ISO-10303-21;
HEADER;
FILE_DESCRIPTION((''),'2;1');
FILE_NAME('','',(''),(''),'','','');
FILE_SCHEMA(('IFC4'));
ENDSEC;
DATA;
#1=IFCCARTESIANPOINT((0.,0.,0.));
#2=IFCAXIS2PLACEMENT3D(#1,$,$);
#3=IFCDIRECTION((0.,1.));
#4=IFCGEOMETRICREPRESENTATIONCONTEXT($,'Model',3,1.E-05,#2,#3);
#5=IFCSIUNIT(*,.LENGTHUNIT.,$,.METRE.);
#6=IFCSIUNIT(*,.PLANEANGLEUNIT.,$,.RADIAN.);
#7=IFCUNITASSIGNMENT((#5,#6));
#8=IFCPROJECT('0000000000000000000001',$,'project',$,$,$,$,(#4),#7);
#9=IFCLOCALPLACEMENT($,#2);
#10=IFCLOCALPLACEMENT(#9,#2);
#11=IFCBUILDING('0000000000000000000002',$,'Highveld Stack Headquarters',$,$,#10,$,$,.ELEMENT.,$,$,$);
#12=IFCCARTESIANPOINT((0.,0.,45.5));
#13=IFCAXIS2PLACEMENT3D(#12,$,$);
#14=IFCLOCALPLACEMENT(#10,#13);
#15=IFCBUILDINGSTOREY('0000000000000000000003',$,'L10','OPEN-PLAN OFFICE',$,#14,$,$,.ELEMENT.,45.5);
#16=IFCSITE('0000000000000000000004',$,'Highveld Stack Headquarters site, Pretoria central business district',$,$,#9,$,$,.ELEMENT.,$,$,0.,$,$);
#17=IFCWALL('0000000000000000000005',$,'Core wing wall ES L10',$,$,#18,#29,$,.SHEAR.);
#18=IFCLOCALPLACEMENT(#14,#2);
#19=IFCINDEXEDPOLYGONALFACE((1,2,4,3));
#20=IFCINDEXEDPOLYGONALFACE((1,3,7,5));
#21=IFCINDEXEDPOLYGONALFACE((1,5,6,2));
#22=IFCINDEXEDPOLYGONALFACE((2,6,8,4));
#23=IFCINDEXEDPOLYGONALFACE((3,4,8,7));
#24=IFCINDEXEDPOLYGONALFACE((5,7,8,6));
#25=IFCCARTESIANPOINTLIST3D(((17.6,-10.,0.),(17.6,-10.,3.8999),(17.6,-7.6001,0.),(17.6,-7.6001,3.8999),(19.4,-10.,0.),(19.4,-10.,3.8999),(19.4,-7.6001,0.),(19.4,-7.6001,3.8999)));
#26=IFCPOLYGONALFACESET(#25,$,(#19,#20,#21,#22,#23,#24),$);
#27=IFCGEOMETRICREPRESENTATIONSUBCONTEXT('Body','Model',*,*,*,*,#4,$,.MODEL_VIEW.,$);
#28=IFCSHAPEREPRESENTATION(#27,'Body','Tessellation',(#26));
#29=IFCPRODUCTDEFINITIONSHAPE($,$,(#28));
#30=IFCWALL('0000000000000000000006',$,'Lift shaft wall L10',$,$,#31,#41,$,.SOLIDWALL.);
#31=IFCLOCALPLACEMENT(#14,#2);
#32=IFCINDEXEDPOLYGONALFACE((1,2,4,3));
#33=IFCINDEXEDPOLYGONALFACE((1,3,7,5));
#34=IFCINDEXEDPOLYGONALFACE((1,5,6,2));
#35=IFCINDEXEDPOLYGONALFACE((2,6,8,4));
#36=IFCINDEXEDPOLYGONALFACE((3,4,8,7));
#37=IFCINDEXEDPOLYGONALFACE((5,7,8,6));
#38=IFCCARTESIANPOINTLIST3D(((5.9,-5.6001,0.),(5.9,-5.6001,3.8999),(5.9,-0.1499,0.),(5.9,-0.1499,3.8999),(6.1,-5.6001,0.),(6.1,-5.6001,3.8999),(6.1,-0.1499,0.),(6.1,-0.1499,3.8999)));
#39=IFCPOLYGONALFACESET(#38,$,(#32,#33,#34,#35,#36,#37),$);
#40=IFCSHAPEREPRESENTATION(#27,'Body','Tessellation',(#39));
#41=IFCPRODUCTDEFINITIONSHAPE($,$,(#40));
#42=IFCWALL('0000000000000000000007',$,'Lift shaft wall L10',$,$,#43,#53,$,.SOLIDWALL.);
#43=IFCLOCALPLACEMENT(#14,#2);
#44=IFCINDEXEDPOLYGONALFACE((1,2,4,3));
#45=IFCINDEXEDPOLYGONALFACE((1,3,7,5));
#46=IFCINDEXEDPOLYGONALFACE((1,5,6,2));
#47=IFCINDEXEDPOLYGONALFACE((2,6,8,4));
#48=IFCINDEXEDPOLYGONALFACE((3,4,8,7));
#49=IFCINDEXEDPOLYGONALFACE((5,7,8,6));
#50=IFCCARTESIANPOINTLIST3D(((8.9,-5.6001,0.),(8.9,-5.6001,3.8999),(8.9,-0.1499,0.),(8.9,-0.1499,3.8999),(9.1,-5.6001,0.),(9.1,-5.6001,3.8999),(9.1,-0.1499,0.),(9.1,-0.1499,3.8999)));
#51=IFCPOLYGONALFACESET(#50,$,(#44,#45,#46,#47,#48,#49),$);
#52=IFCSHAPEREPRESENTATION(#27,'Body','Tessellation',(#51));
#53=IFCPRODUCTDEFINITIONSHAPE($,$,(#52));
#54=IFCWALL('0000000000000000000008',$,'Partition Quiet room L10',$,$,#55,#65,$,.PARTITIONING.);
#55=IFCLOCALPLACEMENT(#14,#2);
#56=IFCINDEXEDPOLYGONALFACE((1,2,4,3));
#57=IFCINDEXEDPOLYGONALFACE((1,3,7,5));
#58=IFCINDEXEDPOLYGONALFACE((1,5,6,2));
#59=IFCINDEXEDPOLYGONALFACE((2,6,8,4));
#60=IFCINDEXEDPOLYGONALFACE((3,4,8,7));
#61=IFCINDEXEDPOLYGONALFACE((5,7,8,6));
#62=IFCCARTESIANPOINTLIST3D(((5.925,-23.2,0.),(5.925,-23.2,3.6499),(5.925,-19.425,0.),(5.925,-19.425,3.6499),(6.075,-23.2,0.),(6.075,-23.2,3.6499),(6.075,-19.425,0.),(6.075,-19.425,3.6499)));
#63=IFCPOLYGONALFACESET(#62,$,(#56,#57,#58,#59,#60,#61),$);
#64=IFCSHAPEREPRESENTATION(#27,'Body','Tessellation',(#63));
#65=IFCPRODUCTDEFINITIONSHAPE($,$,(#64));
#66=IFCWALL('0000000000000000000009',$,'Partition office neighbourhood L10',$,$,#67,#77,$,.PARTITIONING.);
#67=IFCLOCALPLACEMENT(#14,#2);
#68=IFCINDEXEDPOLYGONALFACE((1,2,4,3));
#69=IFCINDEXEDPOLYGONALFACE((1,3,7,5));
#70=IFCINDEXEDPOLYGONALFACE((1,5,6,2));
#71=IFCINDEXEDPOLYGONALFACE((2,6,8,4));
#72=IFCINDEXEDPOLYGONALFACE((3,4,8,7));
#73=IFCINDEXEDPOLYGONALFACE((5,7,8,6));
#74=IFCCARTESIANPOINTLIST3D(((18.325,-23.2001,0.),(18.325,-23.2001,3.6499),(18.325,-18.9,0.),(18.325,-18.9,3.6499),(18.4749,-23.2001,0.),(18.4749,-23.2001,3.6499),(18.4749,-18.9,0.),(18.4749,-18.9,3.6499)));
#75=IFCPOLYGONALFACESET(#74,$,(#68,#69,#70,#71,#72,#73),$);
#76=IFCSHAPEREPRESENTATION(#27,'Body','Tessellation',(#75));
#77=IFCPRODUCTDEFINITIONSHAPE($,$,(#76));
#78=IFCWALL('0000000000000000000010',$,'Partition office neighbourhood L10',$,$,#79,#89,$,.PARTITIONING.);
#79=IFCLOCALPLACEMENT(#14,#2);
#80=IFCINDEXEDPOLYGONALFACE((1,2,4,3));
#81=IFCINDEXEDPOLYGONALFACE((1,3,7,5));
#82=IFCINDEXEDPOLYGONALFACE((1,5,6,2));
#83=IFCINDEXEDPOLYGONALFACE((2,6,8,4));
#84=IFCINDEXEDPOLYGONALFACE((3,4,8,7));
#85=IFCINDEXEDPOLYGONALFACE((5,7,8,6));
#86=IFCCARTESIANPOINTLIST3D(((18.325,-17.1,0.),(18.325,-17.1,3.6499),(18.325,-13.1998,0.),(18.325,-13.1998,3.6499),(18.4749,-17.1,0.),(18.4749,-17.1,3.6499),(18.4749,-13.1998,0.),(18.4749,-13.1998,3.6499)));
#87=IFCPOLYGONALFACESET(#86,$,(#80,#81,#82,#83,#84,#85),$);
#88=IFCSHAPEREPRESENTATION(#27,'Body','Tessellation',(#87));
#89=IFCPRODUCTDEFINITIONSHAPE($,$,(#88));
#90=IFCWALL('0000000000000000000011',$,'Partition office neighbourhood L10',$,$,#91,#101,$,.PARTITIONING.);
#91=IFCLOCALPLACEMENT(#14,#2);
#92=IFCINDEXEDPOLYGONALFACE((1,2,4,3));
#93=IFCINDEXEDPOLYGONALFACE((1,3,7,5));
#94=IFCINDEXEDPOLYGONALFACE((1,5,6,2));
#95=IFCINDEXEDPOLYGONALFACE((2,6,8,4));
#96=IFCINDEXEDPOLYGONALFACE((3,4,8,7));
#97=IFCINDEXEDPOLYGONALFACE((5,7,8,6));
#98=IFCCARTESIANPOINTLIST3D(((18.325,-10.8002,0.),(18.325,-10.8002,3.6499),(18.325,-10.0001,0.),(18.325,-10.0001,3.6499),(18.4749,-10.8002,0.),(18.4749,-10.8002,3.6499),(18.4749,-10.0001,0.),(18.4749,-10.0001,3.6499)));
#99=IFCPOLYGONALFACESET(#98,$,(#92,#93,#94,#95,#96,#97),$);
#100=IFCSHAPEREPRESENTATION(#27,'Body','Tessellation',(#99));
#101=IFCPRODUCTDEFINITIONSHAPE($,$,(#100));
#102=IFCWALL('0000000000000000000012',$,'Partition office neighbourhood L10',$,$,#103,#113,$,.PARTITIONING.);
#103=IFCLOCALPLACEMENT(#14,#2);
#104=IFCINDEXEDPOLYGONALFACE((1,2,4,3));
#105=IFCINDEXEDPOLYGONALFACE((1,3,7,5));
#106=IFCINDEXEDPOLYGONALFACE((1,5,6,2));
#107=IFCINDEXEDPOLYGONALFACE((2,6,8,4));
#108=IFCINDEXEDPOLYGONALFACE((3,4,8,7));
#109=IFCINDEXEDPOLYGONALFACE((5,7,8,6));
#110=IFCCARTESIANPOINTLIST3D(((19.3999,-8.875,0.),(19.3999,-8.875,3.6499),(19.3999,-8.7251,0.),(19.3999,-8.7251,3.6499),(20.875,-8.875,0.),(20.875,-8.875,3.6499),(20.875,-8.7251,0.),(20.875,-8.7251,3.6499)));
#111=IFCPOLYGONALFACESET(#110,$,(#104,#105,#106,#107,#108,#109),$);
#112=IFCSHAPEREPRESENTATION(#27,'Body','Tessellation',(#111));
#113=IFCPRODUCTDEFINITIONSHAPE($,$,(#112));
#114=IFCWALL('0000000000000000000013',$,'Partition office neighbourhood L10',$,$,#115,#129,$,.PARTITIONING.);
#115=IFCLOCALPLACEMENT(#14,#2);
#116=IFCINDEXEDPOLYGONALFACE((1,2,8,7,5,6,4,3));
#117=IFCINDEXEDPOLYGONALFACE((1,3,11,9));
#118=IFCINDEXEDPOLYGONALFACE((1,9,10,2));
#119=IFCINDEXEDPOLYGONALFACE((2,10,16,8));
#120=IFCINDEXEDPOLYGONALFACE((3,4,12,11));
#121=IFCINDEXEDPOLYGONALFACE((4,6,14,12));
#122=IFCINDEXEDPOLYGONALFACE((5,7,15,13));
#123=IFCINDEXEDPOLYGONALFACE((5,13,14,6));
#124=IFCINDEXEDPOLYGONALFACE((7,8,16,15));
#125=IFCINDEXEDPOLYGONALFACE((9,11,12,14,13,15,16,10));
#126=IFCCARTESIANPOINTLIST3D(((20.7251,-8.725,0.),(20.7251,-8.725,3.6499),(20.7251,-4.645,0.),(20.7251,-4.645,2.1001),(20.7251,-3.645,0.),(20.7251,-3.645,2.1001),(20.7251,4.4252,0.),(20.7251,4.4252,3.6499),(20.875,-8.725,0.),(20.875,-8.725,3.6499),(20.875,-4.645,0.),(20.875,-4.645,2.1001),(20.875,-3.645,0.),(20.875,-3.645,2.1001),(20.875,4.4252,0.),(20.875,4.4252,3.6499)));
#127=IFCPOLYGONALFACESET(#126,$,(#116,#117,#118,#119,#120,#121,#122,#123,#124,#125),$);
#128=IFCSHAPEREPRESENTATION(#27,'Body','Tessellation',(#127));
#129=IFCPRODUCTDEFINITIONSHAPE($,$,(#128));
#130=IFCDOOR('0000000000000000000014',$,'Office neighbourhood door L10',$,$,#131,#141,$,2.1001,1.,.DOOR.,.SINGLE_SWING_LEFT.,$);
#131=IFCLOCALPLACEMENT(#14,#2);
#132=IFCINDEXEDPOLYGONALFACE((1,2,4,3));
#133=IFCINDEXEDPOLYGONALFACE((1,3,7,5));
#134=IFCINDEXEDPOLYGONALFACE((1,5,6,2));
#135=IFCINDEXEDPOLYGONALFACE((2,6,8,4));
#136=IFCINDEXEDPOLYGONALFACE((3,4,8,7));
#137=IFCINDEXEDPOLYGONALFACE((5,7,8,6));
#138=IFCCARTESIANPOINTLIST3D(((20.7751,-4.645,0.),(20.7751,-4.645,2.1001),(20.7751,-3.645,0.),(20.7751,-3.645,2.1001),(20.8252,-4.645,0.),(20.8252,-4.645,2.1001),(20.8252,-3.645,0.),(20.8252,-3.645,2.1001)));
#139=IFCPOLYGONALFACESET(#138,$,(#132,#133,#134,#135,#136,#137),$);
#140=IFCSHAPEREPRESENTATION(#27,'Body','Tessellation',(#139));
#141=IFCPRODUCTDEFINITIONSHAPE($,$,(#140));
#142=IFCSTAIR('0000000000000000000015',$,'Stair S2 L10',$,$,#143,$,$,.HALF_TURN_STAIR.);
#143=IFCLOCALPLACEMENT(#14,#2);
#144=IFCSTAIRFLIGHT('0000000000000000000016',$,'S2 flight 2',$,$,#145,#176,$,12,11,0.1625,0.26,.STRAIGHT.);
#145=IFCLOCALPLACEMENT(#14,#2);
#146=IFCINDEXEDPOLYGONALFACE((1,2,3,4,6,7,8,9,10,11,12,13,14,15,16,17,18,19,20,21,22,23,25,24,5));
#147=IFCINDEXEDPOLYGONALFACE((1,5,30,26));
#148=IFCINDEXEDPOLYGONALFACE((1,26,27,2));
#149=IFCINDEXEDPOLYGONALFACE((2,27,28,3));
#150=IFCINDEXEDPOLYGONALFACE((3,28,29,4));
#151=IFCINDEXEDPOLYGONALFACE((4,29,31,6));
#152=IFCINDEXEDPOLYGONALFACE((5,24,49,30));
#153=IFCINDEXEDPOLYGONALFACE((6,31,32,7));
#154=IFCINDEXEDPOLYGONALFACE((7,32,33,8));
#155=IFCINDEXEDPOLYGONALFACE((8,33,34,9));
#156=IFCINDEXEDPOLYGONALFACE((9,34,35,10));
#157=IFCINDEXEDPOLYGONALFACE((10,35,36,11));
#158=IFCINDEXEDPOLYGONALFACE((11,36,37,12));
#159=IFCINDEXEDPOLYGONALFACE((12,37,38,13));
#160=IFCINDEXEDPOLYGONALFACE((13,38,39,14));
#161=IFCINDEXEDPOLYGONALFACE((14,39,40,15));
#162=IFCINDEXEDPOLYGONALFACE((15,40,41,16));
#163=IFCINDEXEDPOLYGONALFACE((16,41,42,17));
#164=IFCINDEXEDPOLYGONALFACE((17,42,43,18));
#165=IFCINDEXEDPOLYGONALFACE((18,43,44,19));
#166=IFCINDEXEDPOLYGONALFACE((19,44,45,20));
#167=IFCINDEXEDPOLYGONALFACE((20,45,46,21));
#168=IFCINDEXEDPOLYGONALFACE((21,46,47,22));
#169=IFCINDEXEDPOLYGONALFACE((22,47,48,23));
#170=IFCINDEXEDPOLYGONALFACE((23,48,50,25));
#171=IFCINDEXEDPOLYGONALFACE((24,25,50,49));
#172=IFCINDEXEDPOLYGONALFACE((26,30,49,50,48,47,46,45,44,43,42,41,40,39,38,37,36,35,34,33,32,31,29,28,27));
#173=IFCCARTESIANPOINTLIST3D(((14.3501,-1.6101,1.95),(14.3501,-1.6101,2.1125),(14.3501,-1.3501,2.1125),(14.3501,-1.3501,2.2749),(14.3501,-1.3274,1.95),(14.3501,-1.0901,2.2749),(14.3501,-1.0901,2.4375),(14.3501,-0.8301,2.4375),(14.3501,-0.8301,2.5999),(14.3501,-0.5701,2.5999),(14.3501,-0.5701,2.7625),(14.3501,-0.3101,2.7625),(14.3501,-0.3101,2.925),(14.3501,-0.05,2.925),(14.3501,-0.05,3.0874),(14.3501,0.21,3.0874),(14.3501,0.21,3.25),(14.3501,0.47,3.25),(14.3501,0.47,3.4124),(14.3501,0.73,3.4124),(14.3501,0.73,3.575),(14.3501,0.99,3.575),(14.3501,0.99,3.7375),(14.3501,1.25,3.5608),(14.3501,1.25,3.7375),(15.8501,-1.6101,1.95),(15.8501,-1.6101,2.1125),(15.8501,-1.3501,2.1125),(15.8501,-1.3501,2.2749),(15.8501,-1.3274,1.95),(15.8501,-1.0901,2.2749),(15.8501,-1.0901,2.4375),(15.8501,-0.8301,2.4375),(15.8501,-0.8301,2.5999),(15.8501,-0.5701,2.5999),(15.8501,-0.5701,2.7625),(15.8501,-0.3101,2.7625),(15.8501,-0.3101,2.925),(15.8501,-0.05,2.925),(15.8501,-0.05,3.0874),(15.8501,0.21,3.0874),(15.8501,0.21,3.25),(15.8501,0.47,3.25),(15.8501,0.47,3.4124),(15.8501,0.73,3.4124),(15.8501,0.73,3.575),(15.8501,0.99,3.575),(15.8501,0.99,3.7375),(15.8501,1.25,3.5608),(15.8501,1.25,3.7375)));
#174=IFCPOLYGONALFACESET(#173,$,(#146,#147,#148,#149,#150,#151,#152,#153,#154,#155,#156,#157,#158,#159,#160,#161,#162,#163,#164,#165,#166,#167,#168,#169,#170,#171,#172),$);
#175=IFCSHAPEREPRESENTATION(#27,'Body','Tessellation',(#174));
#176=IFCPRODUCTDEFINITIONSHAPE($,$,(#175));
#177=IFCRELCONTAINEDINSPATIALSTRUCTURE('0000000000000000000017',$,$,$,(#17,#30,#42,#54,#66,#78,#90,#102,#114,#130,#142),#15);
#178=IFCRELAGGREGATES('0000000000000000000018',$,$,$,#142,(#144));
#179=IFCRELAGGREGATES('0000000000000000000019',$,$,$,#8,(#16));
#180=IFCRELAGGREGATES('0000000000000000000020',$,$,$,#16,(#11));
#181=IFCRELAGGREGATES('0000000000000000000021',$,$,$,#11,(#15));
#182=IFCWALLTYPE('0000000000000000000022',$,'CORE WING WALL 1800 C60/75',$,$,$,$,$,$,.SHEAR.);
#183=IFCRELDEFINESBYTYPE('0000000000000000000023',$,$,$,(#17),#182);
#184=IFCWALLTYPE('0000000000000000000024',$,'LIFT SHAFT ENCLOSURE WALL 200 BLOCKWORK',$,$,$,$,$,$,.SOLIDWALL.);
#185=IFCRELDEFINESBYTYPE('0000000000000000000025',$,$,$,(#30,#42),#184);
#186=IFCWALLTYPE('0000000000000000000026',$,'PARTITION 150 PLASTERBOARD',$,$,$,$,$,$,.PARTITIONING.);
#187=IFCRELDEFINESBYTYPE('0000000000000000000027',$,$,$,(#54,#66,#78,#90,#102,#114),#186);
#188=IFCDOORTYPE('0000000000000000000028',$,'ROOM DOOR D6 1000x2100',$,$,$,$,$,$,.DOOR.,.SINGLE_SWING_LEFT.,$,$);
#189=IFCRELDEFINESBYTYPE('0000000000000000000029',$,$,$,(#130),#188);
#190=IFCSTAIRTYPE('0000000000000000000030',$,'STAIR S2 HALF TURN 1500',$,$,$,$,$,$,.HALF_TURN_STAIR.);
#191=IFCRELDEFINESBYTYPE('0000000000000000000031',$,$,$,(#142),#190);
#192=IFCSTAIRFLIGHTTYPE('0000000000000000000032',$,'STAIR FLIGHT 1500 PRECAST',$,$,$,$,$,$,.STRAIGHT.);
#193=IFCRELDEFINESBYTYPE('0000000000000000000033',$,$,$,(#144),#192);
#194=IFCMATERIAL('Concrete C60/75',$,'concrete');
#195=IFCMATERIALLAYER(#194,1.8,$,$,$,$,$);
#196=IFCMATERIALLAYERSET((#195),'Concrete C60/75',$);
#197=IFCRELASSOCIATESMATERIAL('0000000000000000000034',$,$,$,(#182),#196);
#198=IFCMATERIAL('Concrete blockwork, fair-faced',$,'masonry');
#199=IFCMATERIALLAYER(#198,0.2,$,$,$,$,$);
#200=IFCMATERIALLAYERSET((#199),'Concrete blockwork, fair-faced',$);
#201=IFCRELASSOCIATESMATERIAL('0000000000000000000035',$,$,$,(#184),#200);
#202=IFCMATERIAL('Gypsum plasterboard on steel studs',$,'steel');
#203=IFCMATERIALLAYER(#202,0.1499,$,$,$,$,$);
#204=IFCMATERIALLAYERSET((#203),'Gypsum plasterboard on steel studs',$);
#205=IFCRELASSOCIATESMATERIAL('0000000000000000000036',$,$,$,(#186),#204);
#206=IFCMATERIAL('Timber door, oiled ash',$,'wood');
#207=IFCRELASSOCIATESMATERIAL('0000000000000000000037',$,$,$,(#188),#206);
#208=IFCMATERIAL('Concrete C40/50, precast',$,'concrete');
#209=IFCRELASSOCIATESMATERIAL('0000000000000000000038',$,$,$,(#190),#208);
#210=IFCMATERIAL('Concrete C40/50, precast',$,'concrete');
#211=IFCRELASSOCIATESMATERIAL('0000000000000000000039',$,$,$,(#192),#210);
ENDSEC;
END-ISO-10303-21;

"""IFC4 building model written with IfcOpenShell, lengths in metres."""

from ifc_helpers import new_model, si_unit, direction, frame, frame_2d, origin, place, context, subcontext, project, spatial, polyline, rectangle, outline, extrude, material, layer, layer_set, type_object, element, fill, aggregate, save


model = new_model("IFC4")

# Units and contexts
model_context = context("Model", 3, precision=1e-05, world=origin(), true_north=direction((0.0, 1.0)))
body_context = subcontext(model_context, "Body", "Model", "MODEL_VIEW")
ifc_project = project(units=[si_unit("LENGTHUNIT", "METRE"), si_unit("PLANEANGLEUNIT", "RADIAN")], contexts=[model_context])

# Site, building, storey
site_placement = place(None, origin())
site = spatial("IfcSite", under=ifc_project, at=site_placement, Name="Highveld Stack Headquarters site, Pretoria central business district", CompositionType="ELEMENT", RefElevation=0.0)
building_placement = place(site_placement, origin())
building = spatial("IfcBuilding", under=site, at=building_placement, Name="Highveld Stack Headquarters", CompositionType="ELEMENT")
storey_placement = place(building_placement, frame((0.0, 0.0, 45.5)))
storey = spatial("IfcBuildingStorey", under=building, at=storey_placement, Name="L10", Description="OPEN-PLAN OFFICE", CompositionType="ELEMENT", Elevation=45.5)

# Walls
ifc_material_1 = material(Name="Concrete C60/75", Category="concrete")
ifc_layer_1 = layer(ifc_material_1, 1.8)
ifc_layer_set_1 = layer_set([ifc_layer_1], Name="Concrete C60/75")
wall_type_1 = type_object("IfcWallType", Name="CORE WING WALL 1800 C60/75", PredefinedType="SHEAR", material=ifc_layer_set_1)
wall_1_placement = place(storey_placement, frame((18.5, -10.0, 0.0), z_axis=(0.0, 0.0, 1.0), x_axis=(0.0, 1.0, 0.0)))
element("IfcWall", 1, at=wall_1_placement, inside=storey, type_object=wall_type_1, Name="Core wing wall ES L10", PredefinedType="SHEAR", context=body_context, shape_type="SweptSolid", body=[
    extrude(rectangle(XDim=2.3999, YDim=1.8, at=frame_2d((1.2, 0.0))), origin(), (0.0, 0.0, 1.0), 3.8999),
])
ifc_material_2 = material(Name="Concrete blockwork, fair-faced", Category="masonry")
ifc_layer_2 = layer(ifc_material_2, 0.2)
ifc_layer_set_2 = layer_set([ifc_layer_2], Name="Concrete blockwork, fair-faced")
wall_type_2 = type_object("IfcWallType", Name="LIFT SHAFT ENCLOSURE WALL 200 BLOCKWORK", PredefinedType="SOLIDWALL", material=ifc_layer_set_2)
for number, where, z_axis, x_axis, name in (
    (2, (6.0, -5.6001, 0.0), (0.0, 0.0, 1.0), (0.0, 1.0, 0.0), "Lift shaft wall L10"),
    (3, (9.0, -5.6001, 0.0), (0.0, 0.0, 1.0), (0.0, 1.0, 0.0), "Lift shaft wall L10"),
):
    element("IfcWall", number, at=place(storey_placement, frame(where, z_axis=z_axis, x_axis=x_axis)), inside=storey, type_object=wall_type_2, Name=name, PredefinedType="SOLIDWALL", context=body_context, shape_type="SweptSolid", body=[
        extrude(rectangle(XDim=5.4502, YDim=0.2, at=frame_2d((2.7251, 0.0))), origin(), (0.0, 0.0, 1.0), 3.8999),
    ])
ifc_material_3 = material(Name="Gypsum plasterboard on steel studs", Category="steel")
ifc_layer_3 = layer(ifc_material_3, 0.1499)
ifc_layer_set_3 = layer_set([ifc_layer_3], Name="Gypsum plasterboard on steel studs")
wall_type_3 = type_object("IfcWallType", Name="PARTITION 150 PLASTERBOARD", PredefinedType="PARTITIONING", material=ifc_layer_set_3)
wall_2_placement = place(storey_placement, frame((6.0, -23.2, 0.0), z_axis=(0.0, 0.0, 1.0), x_axis=(0.0, 1.0, 0.0)))
element("IfcWall", 4, at=wall_2_placement, inside=storey, type_object=wall_type_3, Name="Partition Quiet room L10", PredefinedType="PARTITIONING", context=body_context, shape_type="SweptSolid", body=[
    extrude(rectangle(XDim=3.7749, YDim=0.1499, at=frame_2d((1.8875, 0.0))), origin(), (0.0, 0.0, 1.0), 3.6499),
])
wall_3_placement = place(storey_placement, frame((18.3999, -23.2, 0.0), z_axis=(0.0, 0.0, 1.0), x_axis=(0.0, 1.0, 0.0)))
element("IfcWall", 5, at=wall_3_placement, inside=storey, type_object=wall_type_3, Name="Partition office neighbourhood L10", PredefinedType="PARTITIONING", context=body_context, shape_type="SweptSolid", body=[
    extrude(rectangle(XDim=4.3, YDim=0.1499, at=frame_2d((2.1499, 0.0))), origin(), (0.0, 0.0, 1.0), 3.6499),
])
wall_4_placement = place(storey_placement, frame((18.3999, -17.1001, 0.0), z_axis=(0.0, 0.0, 1.0), x_axis=(0.0, 1.0, 0.0)))
element("IfcWall", 6, at=wall_4_placement, inside=storey, type_object=wall_type_3, Name="Partition office neighbourhood L10", PredefinedType="PARTITIONING", context=body_context, shape_type="SweptSolid", body=[
    extrude(rectangle(XDim=3.9001, YDim=0.1499, at=frame_2d((1.9502, 0.0))), origin(), (0.0, 0.0, 1.0), 3.6499),
])
wall_5_placement = place(storey_placement, frame((18.3999, -10.8, 0.0), z_axis=(0.0, 0.0, 1.0), x_axis=(0.0, 1.0, 0.0)))
element("IfcWall", 7, at=wall_5_placement, inside=storey, type_object=wall_type_3, Name="Partition office neighbourhood L10", PredefinedType="PARTITIONING", context=body_context, shape_type="SweptSolid", body=[
    extrude(rectangle(XDim=0.8, YDim=0.1499, at=frame_2d((0.3999, 0.0))), origin(), (0.0, 0.0, 1.0), 3.6499),
])
wall_6_placement = place(storey_placement, frame((19.3999, -8.8, 0.0), z_axis=(0.0, 0.0, 1.0), x_axis=(1.0, 0.0, 0.0)))
element("IfcWall", 8, at=wall_6_placement, inside=storey, type_object=wall_type_3, Name="Partition office neighbourhood L10", PredefinedType="PARTITIONING", context=body_context, shape_type="SweptSolid", body=[
    extrude(rectangle(XDim=1.4751, YDim=0.1499, at=frame_2d((0.7375, 0.0))), origin(), (0.0, 0.0, 1.0), 3.6499),
])

# Wall, opening, door
wall_7_placement = place(storey_placement, frame((20.8, -8.7251, 0.0), z_axis=(0.0, 0.0, 1.0), x_axis=(0.0, 1.0, 0.0)))
wall_7 = element("IfcWall", 9, at=wall_7_placement, inside=storey, type_object=wall_type_3, Name="Partition office neighbourhood L10", PredefinedType="PARTITIONING", context=body_context, shape_type="SweptSolid", body=[
    extrude(rectangle(XDim=13.1501, YDim=0.1499, at=frame_2d((6.5752, 0.0))), origin(), (0.0, 0.0, 1.0), 3.6499),
])
opening_1_placement = place(wall_7_placement, frame((4.0801, 0.0, 0.0)))
opening_1 = element("IfcOpeningElement", 10, at=opening_1_placement, cuts=wall_7, PredefinedType="OPENING", context=body_context, shape_type="SweptSolid", body=[
    extrude(rectangle(XDim=1.0, YDim=2.1001, at=frame_2d((0.5, 1.05))), frame((0.0, 0.085, 0.0), z_axis=(0.0, -1.0, 0.0), x_axis=(1.0, 0.0, 0.0)), (0.0, 0.0, 1.0), 0.1699),
])
ifc_material_4 = material(Name="Timber door, oiled ash", Category="wood")
door_type_1 = type_object("IfcDoorType", Name="ROOM DOOR D6 1000x2100", OperationType="SINGLE_SWING_LEFT", PredefinedType="DOOR", material=ifc_material_4)
door_1_placement = place(opening_1_placement, origin())
door_1 = element("IfcDoor", 11, at=door_1_placement, inside=storey, type_object=door_type_1, Name="Office neighbourhood door L10", OperationType="SINGLE_SWING_LEFT", OverallHeight=2.1001, OverallWidth=1.0, PredefinedType="DOOR", context=body_context, shape_type="SweptSolid", body=[
    extrude(rectangle(XDim=1.0, YDim=2.1001, at=frame_2d((0.5, 1.05))), frame((0.0, 0.0249, 0.0), z_axis=(0.0, -1.0, 0.0), x_axis=(1.0, 0.0, 0.0)), (0.0, 0.0, 1.0), 0.05),
])
fill(opening_1, door_1)

# Stair, stair flight
ifc_material_5 = material(Name="Concrete C40/50, precast", Category="concrete")
stair_type = type_object("IfcStairType", Name="STAIR S2 HALF TURN 1500", PredefinedType="HALF_TURN_STAIR", material=ifc_material_5)
stair_placement = place(storey_placement, origin())
stair = element("IfcStair", 12, at=stair_placement, inside=storey, type_object=stair_type, Name="Stair S2 L10", PredefinedType="HALF_TURN_STAIR")
ifc_material_6 = material(Name="Concrete C40/50, precast", Category="concrete")
stair_flight_type = type_object("IfcStairFlightType", Name="STAIR FLIGHT 1500 PRECAST", PredefinedType="STRAIGHT", material=ifc_material_6)
stair_flight_placement = place(storey_placement, frame((15.1001, -1.6101, 1.95), z_axis=(0.0, 0.0, 1.0), x_axis=(0.0, 1.0, 0.0)))
stair_flight = element("IfcStairFlight", 13, at=stair_flight_placement, type_object=stair_flight_type, Name="S2 flight 2", NumberOfRisers=12, NumberOfTreads=11, PredefinedType="STRAIGHT", RiserHeight=0.1625, TreadLength=0.26, context=body_context, shape_type="SweptSolid", body=[
    extrude(outline(polyline([(0.0, 0.0), (0.0, 0.1626), (0.26, 0.1626), (0.26, 0.325), (0.52, 0.325), (0.52, 0.4875), (0.78, 0.4875), (0.78, 0.6499), (1.04, 0.6499), (1.04, 0.8125), (1.3, 0.8125), (1.3, 0.9751), (1.5601, 0.9751), (1.5601, 1.1375), (1.8201, 1.1375), (1.8201, 1.3), (2.0801, 1.3), (2.0801, 1.4624), (2.3401, 1.4624), (2.3401, 1.625), (2.6001, 1.625), (2.6001, 1.7876), (2.8601, 1.7876), (2.8601, 1.95), (2.8601, 1.6108), (0.2827, 0.0), (0.0, 0.0)])), frame((0.0, 0.75, 0.0), z_axis=(0.0, -1.0, 0.0), x_axis=(1.0, 0.0, 0.0)), (0.0, 0.0, 1.0), 1.5),
])
aggregate(stair, [stair_flight])

save(model, "model.ifc")
